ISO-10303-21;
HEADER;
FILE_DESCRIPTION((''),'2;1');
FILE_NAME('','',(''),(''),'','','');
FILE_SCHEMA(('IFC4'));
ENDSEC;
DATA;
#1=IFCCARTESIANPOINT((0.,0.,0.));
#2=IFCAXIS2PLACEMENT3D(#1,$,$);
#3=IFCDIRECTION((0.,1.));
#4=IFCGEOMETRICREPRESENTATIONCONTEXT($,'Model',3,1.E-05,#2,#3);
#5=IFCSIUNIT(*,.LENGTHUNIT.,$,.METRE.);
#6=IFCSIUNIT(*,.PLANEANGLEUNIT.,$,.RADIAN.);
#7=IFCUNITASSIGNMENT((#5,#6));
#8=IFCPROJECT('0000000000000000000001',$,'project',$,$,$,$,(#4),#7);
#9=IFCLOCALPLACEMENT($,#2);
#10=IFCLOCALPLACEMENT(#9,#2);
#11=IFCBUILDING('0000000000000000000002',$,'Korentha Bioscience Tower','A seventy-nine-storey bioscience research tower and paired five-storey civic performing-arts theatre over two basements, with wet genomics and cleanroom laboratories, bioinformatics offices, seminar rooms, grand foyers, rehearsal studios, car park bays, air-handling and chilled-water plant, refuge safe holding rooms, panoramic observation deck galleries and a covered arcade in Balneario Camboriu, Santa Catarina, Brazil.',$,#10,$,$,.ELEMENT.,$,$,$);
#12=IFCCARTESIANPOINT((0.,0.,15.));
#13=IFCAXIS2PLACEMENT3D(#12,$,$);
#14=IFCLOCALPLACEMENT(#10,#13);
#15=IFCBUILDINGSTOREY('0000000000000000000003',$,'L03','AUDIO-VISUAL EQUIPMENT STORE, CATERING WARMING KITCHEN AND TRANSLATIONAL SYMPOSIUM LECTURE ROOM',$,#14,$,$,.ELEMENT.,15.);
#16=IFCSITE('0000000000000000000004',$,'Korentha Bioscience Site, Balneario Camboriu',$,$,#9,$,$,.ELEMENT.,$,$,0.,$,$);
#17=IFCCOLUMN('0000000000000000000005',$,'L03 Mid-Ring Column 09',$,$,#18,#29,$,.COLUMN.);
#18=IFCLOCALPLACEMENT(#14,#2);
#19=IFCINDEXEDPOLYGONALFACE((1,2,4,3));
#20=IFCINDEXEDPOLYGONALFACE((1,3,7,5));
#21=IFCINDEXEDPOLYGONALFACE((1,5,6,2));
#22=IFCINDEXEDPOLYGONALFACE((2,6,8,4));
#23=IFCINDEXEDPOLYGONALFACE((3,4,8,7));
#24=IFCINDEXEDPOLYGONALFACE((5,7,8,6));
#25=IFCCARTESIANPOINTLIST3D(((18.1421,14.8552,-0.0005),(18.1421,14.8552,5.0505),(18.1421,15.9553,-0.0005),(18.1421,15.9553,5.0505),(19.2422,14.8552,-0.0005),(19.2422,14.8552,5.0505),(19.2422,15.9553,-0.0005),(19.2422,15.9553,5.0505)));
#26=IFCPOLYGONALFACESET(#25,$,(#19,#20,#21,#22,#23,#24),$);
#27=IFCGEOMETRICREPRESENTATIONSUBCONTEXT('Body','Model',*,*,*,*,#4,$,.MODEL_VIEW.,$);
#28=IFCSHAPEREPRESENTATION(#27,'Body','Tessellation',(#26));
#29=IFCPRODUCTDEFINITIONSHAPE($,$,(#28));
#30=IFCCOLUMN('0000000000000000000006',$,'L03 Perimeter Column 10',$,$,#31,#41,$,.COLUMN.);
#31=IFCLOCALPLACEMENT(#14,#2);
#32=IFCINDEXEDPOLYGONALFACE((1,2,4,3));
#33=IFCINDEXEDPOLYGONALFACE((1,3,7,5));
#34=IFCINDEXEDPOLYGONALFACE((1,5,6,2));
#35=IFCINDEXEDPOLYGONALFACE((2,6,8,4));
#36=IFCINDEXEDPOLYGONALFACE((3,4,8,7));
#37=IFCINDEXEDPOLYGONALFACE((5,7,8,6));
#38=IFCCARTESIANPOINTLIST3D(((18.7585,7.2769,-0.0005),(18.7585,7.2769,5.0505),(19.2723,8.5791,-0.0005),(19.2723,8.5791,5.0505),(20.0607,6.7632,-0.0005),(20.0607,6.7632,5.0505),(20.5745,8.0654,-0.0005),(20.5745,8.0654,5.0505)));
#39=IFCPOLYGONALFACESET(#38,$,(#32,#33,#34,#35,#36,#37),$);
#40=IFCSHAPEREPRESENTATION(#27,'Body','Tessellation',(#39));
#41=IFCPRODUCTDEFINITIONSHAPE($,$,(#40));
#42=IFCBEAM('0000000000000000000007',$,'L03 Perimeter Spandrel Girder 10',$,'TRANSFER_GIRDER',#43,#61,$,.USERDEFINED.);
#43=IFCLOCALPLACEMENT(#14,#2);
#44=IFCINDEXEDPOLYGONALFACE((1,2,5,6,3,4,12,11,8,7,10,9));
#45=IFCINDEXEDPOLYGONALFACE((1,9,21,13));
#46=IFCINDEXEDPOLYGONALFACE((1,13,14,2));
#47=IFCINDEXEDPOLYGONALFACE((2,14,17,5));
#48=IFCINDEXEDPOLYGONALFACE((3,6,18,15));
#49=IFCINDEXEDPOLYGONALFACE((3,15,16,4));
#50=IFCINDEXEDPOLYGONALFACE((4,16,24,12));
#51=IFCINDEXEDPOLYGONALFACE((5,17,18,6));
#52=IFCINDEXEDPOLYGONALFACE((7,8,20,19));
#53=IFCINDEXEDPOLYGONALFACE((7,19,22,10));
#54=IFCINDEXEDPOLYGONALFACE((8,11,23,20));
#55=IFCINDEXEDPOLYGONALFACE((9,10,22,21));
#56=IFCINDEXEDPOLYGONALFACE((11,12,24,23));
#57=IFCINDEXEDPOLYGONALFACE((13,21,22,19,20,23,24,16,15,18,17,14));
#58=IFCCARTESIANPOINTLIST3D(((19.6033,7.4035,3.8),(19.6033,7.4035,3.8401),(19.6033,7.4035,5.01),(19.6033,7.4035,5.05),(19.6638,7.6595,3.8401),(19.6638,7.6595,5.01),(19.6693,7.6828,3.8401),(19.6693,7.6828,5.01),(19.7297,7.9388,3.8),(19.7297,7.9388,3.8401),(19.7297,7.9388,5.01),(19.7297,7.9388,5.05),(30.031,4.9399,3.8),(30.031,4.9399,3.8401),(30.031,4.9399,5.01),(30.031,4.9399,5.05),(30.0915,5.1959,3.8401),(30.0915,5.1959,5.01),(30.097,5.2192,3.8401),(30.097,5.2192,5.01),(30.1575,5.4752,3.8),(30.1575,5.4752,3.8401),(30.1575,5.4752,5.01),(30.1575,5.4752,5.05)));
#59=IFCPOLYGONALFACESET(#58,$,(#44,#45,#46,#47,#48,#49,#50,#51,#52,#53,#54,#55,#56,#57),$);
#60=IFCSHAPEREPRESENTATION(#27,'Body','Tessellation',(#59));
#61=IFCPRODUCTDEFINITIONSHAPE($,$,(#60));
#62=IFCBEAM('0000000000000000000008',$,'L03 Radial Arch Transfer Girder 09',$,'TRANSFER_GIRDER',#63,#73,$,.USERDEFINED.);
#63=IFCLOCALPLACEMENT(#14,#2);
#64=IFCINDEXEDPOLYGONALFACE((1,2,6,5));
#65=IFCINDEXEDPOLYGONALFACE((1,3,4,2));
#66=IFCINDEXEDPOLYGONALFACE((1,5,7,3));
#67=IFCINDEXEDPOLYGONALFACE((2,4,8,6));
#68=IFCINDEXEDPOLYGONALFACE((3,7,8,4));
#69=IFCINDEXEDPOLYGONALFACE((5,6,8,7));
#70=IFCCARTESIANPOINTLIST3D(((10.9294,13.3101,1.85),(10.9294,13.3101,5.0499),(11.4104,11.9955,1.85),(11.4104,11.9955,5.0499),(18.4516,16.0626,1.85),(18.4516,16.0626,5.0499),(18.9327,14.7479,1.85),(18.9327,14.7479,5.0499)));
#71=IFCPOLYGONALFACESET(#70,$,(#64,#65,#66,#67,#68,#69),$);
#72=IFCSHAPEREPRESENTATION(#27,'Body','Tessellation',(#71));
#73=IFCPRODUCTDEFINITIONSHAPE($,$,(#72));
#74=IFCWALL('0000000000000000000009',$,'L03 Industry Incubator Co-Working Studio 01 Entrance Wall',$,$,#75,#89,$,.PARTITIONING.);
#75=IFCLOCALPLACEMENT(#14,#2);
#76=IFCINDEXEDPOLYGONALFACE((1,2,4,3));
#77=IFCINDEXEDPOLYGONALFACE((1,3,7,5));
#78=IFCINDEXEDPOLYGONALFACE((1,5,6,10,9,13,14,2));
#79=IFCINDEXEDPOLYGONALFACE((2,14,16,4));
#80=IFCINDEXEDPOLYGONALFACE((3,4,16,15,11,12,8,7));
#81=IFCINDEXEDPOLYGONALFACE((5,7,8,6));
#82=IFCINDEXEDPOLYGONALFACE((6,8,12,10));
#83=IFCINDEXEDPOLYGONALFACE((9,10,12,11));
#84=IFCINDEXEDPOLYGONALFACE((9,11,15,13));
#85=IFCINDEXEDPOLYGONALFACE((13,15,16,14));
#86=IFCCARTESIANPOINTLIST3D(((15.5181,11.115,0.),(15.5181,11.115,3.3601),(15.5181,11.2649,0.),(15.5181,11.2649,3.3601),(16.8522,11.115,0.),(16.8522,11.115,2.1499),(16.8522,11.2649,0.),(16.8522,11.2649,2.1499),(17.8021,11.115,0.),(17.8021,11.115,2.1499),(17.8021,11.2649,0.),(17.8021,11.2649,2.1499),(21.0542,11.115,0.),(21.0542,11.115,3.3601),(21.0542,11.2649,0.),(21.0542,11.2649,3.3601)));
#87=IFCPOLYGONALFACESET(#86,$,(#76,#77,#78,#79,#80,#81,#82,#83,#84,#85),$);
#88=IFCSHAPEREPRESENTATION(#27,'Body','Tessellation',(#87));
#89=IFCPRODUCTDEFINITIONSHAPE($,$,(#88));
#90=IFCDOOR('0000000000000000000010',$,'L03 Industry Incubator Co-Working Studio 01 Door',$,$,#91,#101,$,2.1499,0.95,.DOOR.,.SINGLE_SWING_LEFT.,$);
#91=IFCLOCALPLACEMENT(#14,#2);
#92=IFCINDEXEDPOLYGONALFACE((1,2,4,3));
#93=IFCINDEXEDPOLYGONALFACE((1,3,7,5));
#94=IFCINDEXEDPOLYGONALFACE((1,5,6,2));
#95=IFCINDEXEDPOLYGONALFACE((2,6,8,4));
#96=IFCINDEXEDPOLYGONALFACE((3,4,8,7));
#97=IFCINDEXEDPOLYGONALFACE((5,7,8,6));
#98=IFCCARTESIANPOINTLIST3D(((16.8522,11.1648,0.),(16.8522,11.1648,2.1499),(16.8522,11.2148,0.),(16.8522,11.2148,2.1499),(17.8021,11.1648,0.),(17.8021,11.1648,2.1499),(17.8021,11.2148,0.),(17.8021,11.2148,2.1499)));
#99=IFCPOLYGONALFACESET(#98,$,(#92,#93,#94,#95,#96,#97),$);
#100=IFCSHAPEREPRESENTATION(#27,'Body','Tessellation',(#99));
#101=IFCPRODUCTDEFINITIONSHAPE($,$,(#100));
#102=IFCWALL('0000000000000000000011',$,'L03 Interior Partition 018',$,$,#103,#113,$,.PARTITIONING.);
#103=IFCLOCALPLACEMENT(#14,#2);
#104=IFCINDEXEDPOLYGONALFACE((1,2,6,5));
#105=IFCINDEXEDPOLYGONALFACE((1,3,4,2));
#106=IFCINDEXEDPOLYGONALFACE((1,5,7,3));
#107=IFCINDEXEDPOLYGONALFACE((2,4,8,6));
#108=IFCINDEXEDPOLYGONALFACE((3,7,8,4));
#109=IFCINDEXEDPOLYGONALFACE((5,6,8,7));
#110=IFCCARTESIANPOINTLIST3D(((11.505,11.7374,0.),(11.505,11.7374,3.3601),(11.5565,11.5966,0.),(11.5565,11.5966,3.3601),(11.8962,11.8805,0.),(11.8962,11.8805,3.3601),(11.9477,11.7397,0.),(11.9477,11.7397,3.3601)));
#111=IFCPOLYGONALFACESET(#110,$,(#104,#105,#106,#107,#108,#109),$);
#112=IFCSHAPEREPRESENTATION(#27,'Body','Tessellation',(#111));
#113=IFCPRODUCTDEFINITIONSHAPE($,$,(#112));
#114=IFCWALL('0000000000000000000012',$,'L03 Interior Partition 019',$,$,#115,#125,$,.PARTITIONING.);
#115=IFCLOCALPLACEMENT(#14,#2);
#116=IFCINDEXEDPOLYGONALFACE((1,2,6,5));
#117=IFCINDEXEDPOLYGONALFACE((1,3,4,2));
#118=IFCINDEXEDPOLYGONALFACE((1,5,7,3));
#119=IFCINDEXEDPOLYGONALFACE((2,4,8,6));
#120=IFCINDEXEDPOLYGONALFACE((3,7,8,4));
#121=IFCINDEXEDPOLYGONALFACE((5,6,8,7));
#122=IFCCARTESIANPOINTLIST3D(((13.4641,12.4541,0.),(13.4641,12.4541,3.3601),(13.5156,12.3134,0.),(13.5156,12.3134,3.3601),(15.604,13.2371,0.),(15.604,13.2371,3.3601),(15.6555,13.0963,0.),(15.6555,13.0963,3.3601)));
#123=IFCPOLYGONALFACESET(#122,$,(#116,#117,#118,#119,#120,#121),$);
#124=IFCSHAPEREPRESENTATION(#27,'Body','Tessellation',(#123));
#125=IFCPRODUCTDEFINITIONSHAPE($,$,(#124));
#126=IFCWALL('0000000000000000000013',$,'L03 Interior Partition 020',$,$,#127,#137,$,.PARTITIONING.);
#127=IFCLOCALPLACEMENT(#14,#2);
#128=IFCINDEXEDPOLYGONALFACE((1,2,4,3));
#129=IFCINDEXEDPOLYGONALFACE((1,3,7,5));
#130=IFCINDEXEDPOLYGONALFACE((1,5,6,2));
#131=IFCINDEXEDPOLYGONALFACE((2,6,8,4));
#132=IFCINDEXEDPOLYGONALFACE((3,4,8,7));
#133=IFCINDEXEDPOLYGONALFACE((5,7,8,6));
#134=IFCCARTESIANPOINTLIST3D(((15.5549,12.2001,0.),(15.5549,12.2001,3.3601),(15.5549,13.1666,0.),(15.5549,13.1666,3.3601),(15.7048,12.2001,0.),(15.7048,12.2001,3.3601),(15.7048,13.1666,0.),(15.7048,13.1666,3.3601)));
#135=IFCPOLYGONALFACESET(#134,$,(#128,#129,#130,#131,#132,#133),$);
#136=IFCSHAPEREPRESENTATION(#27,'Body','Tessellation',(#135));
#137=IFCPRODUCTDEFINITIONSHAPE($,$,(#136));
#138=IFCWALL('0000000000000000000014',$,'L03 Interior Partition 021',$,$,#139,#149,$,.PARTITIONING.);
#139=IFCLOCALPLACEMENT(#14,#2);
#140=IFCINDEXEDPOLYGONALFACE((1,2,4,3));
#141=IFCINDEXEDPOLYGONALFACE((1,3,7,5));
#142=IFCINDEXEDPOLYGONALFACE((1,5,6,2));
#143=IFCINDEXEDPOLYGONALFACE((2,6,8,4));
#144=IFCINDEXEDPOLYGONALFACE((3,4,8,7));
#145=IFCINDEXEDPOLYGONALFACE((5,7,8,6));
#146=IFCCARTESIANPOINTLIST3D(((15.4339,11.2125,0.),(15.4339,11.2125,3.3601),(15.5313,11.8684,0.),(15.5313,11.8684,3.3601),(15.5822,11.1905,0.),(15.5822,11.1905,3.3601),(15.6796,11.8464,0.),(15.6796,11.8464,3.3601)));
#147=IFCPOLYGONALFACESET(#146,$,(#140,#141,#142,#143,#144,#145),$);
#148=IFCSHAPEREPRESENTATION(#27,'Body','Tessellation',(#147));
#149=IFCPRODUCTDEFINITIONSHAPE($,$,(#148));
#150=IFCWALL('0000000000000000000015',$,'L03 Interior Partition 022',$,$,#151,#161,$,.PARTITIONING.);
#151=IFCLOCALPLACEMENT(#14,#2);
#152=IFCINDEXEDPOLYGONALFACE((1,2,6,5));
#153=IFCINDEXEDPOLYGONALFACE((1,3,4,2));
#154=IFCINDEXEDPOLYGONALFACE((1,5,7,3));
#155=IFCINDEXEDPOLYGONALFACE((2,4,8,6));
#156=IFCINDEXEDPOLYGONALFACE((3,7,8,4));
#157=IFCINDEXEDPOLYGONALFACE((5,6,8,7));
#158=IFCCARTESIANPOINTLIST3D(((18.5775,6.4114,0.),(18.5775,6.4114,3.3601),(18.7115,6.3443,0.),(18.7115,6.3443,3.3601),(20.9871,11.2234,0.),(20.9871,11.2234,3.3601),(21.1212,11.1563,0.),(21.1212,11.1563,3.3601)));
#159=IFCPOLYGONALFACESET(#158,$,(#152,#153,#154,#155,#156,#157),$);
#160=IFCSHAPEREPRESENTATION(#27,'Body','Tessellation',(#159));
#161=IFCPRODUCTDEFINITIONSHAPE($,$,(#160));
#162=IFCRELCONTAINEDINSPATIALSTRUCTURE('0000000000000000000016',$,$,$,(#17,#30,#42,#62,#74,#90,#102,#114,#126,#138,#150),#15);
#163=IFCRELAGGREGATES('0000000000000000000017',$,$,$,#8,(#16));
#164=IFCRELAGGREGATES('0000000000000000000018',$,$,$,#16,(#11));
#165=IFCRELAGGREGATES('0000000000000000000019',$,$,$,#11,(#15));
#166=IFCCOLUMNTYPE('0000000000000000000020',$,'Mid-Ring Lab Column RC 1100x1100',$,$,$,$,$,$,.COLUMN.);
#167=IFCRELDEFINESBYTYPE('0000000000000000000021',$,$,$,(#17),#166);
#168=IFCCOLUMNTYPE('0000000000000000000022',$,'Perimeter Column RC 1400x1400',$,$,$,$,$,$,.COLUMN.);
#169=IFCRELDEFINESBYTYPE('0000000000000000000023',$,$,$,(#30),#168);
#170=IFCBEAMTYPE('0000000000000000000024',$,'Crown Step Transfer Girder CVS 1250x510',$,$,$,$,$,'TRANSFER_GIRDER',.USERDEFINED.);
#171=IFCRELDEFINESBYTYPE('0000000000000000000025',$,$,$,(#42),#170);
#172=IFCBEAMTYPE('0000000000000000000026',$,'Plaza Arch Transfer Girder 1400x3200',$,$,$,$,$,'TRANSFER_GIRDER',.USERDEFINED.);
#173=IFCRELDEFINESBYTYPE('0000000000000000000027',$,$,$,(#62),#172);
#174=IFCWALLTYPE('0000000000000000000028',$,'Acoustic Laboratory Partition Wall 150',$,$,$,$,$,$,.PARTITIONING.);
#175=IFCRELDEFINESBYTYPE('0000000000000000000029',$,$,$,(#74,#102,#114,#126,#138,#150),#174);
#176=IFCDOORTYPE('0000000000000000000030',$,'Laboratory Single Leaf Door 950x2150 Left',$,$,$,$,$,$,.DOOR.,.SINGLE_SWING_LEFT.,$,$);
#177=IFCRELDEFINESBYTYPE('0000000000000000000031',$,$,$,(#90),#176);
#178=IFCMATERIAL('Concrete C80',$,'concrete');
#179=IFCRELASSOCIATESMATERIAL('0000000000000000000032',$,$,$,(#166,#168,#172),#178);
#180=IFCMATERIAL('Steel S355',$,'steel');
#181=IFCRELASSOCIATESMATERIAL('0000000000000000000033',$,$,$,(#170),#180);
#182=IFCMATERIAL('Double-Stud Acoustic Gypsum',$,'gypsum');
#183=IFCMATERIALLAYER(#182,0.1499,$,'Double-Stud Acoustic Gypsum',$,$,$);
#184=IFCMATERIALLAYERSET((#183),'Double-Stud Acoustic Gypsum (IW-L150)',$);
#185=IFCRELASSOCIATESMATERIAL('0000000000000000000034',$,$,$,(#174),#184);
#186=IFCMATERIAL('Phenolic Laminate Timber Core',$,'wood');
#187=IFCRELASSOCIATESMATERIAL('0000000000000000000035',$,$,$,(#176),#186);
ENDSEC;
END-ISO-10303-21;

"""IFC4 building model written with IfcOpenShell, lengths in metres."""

from ifc_helpers import new_model, si_unit, direction, frame, frame_2d, origin, origin_2d, place, context, subcontext, project, spatial, rectangle, i_section, extrude, material, layer, layer_set, material_profile, profile_set, type_object, element, fill, save


model = new_model("IFC4")

# Units and contexts
model_context = context("Model", 3, precision=1e-05, world=origin(), true_north=direction((0.0, 1.0)))
body_context = subcontext(model_context, "Body", "Model", "MODEL_VIEW")
ifc_project = project(units=[si_unit("LENGTHUNIT", "METRE"), si_unit("PLANEANGLEUNIT", "RADIAN")], contexts=[model_context])

# Site, building, storey
site_placement = place(None, origin())
site = spatial("IfcSite", under=ifc_project, at=site_placement, Name="Korentha Bioscience Site, Balneario Camboriu", CompositionType="ELEMENT", RefElevation=0.0)
building_placement = place(site_placement, origin())
building = spatial("IfcBuilding", under=site, at=building_placement, Name="Korentha Bioscience Tower", Description="A seventy-nine-storey bioscience research tower and paired five-storey civic performing-arts theatre over two basements, with wet genomics and cleanroom laboratories, bioinformatics offices, seminar rooms, grand foyers, rehearsal studios, car park bays, air-handling and chilled-water plant, refuge safe holding rooms, panoramic observation deck galleries and a covered arcade in Balneario Camboriu, Santa Catarina, Brazil.", CompositionType="ELEMENT")
storey_placement = place(building_placement, frame((0.0, 0.0, 15.0)))
storey = spatial("IfcBuildingStorey", under=building, at=storey_placement, Name="L03", Description="AUDIO-VISUAL EQUIPMENT STORE, CATERING WARMING KITCHEN AND TRANSLATIONAL SYMPOSIUM LECTURE ROOM", CompositionType="ELEMENT", Elevation=15.0)

# Columns
ifc_material_1 = material(Name="Concrete C80", Category="concrete")
ifc_material_profile_1 = material_profile(ifc_material_1, rectangle(XDim=1.1001, YDim=1.1001, at=origin_2d()), Name="Concrete C80")
ifc_profile_set_1 = profile_set([ifc_material_profile_1], Name="Concrete C80 (COL-MR11)")
column_type_1 = type_object("IfcColumnType", Name="Mid-Ring Lab Column RC 1100x1100", PredefinedType="COLUMN", material=ifc_profile_set_1)
column_1_placement = place(storey_placement, frame((18.6921, 15.4053, -0.0005), z_axis=(0.0, 0.0, 1.0), x_axis=(1.0, 0.0, 0.0)))
element("IfcColumn", 1, at=column_1_placement, inside=storey, type_object=column_type_1, Name="L03 Mid-Ring Column 09", PredefinedType="COLUMN", context=body_context, shape_type="SweptSolid", body=[
    extrude(rectangle(XDim=1.1001, YDim=1.1001, at=origin_2d()), origin(), (0.0, 0.0, 1.0), 5.051),
])
ifc_material_profile_2 = material_profile(ifc_material_1, rectangle(XDim=1.3999, YDim=1.3999, at=origin_2d()), Name="Concrete C80")
ifc_profile_set_2 = profile_set([ifc_material_profile_2], Name="Concrete C80 (COL-P14)")
column_type_2 = type_object("IfcColumnType", Name="Perimeter Column RC 1400x1400", PredefinedType="COLUMN", material=ifc_profile_set_2)
column_2_placement = place(storey_placement, frame((19.6665, 7.6711, -0.0005), z_axis=(0.0, 0.0, 1.0), x_axis=(-0.930226, 0.366988, 0.0)))
element("IfcColumn", 2, at=column_2_placement, inside=storey, type_object=column_type_2, Name="L03 Perimeter Column 10", PredefinedType="COLUMN", context=body_context, shape_type="SweptSolid", body=[
    extrude(rectangle(XDim=1.3999, YDim=1.3999, at=origin_2d()), origin(), (0.0, 0.0, 1.0), 5.051),
])

# Beams
ifc_material_2 = material(Name="Steel S355", Category="steel")
ifc_material_profile_3 = material_profile(ifc_material_2, i_section(OverallWidth=0.55, OverallDepth=1.25, WebThickness=0.0239, FlangeThickness=0.04, at=origin_2d()), Name="Steel S355")
ifc_profile_set_3 = profile_set([ifc_material_profile_3], Name="Steel S355 (TG-03)")
beam_type_1 = type_object("IfcBeamType", Name="Crown Step Transfer Girder CVS 1250x510", ElementType="TRANSFER_GIRDER", PredefinedType="USERDEFINED", material=ifc_profile_set_3)
beam_1_placement = place(storey_placement, frame((19.6665, 7.6711, 4.425), z_axis=(0.973208, -0.229927, 0.0), x_axis=(0.229927, 0.973208, 0.0)))
element("IfcBeam", 3, at=beam_1_placement, inside=storey, type_object=beam_type_1, Name="L03 Perimeter Spandrel Girder 10", ObjectType="TRANSFER_GIRDER", PredefinedType="USERDEFINED", context=body_context, shape_type="SweptSolid", body=[
    extrude(i_section(OverallWidth=0.55, OverallDepth=1.25, WebThickness=0.0239, FlangeThickness=0.04, at=origin_2d()), origin(), (0.0, 0.0, 1.0), 10.7148),
])
ifc_material_profile_4 = material_profile(ifc_material_1, rectangle(XDim=1.3999, YDim=3.2, at=origin_2d()), Name="Concrete C80")
ifc_profile_set_4 = profile_set([ifc_material_profile_4], Name="Concrete C80 (TG-01)")
beam_type_2 = type_object("IfcBeamType", Name="Plaza Arch Transfer Girder 1400x3200", ElementType="TRANSFER_GIRDER", PredefinedType="USERDEFINED", material=ifc_profile_set_4)
beam_2_placement = place(storey_placement, frame((18.6921, 15.4053, 3.45), z_axis=(-0.939106, -0.343627, 0.0), x_axis=(0.343627, -0.939106, 0.0)))
element("IfcBeam", 4, at=beam_2_placement, inside=storey, type_object=beam_type_2, Name="L03 Radial Arch Transfer Girder 09", ObjectType="TRANSFER_GIRDER", PredefinedType="USERDEFINED", context=body_context, shape_type="SweptSolid", body=[
    extrude(rectangle(XDim=1.3999, YDim=3.2, at=origin_2d()), origin(), (0.0, 0.0, 1.0), 8.01),
])

# Wall, opening, door
ifc_material_3 = material(Name="Double-Stud Acoustic Gypsum", Category="gypsum")
ifc_layer_1 = layer(ifc_material_3, 0.1499, Name="Double-Stud Acoustic Gypsum")
ifc_layer_set_1 = layer_set([ifc_layer_1], Name="Double-Stud Acoustic Gypsum (IW-L150)")
wall_type_1 = type_object("IfcWallType", Name="Acoustic Laboratory Partition Wall 150", PredefinedType="PARTITIONING", material=ifc_layer_set_1)
wall_1_placement = place(storey_placement, frame((15.5181, 11.1899, 0.0), z_axis=(0.0, 0.0, 1.0), x_axis=(1.0, 0.0, 0.0)))
wall_1 = element("IfcWall", 5, at=wall_1_placement, inside=storey, type_object=wall_type_1, Name="L03 Industry Incubator Co-Working Studio 01 Entrance Wall", PredefinedType="PARTITIONING", context=body_context, shape_type="SweptSolid", body=[
    extrude(rectangle(XDim=5.5361, YDim=0.1499, at=frame_2d((2.7681, 0.0))), origin(), (0.0, 0.0, 1.0), 3.3601),
])
opening_1_placement = place(wall_1_placement, frame((1.334, 0.0, 0.0)))
opening_1 = element("IfcOpeningElement", 6, at=opening_1_placement, cuts=wall_1, PredefinedType="OPENING", context=body_context, shape_type="SweptSolid", body=[
    extrude(rectangle(XDim=0.95, YDim=2.1499, at=frame_2d((0.4751, 1.075))), frame((0.0, 0.0898, 0.0), z_axis=(0.0, -1.0, 0.0), x_axis=(1.0, 0.0, 0.0)), (0.0, 0.0, 1.0), 0.1797),
])
ifc_material_4 = material(Name="Phenolic Laminate Timber Core", Category="wood")
door_type_1 = type_object("IfcDoorType", Name="Laboratory Single Leaf Door 950x2150 Left", OperationType="SINGLE_SWING_LEFT", PredefinedType="DOOR", material=ifc_material_4)
door_1_placement = place(opening_1_placement, origin())
door_1 = element("IfcDoor", 7, at=door_1_placement, inside=storey, type_object=door_type_1, Name="L03 Industry Incubator Co-Working Studio 01 Door", OperationType="SINGLE_SWING_LEFT", OverallHeight=2.1499, OverallWidth=0.95, PredefinedType="DOOR", context=body_context, shape_type="SweptSolid", body=[
    extrude(rectangle(XDim=0.95, YDim=2.1499, at=frame_2d((0.4751, 1.075))), frame((0.0, 0.0249, 0.0), z_axis=(0.0, -1.0, 0.0), x_axis=(1.0, 0.0, 0.0)), (0.0, 0.0, 1.0), 0.05),
])
fill(opening_1, door_1)

# Walls
wall_2_placement = place(storey_placement, frame((11.5308, 11.667, 0.0), z_axis=(0.0, 0.0, 1.0), x_axis=(0.939141, 0.343531, 0.0)))
element("IfcWall", 8, at=wall_2_placement, inside=storey, type_object=wall_type_1, Name="L03 Interior Partition 018", PredefinedType="PARTITIONING", context=body_context, shape_type="SweptSolid", body=[
    extrude(rectangle(XDim=0.4165, YDim=0.1499, at=frame_2d((0.2083, 0.0))), origin(), (0.0, 0.0, 1.0), 3.3601),
])
wall_3_placement = place(storey_placement, frame((13.49, 12.3838, 0.0), z_axis=(0.0, 0.0, 1.0), x_axis=(0.939113, 0.343609, 0.0)))
element("IfcWall", 9, at=wall_3_placement, inside=storey, type_object=wall_type_1, Name="L03 Interior Partition 019", PredefinedType="PARTITIONING", context=body_context, shape_type="SweptSolid", body=[
    extrude(rectangle(XDim=2.2786, YDim=0.1499, at=frame_2d((1.1392, 0.0))), origin(), (0.0, 0.0, 1.0), 3.3601),
])
wall_4_placement = place(storey_placement, frame((15.6299, 13.1667, 0.0), z_axis=(0.0, 0.0, 1.0), x_axis=(0.0, -1.0, 0.0)))
element("IfcWall", 10, at=wall_4_placement, inside=storey, type_object=wall_type_1, Name="L03 Interior Partition 020", PredefinedType="PARTITIONING", context=body_context, shape_type="SweptSolid", body=[
    extrude(rectangle(XDim=0.9666, YDim=0.1499, at=frame_2d((0.4834, 0.0))), origin(), (0.0, 0.0, 1.0), 3.3601),
])
wall_5_placement = place(storey_placement, frame((15.6055, 11.8574, 0.0), z_axis=(0.0, 0.0, 1.0), x_axis=(-0.146882, -0.989154, 0.0)))
element("IfcWall", 11, at=wall_5_placement, inside=storey, type_object=wall_type_1, Name="L03 Interior Partition 021", PredefinedType="PARTITIONING", context=body_context, shape_type="SweptSolid", body=[
    extrude(rectangle(XDim=0.6631, YDim=0.1499, at=frame_2d((0.3315, 0.0))), origin(), (0.0, 0.0, 1.0), 3.3601),
])
wall_6_placement = place(storey_placement, frame((21.0542, 11.1899, 0.0), z_axis=(0.0, 0.0, 1.0), x_axis=(-0.447758, -0.894155, 0.0)))
element("IfcWall", 12, at=wall_6_placement, inside=storey, type_object=wall_type_1, Name="L03 Interior Partition 022", PredefinedType="PARTITIONING", context=body_context, shape_type="SweptSolid", body=[
    extrude(rectangle(XDim=5.3816, YDim=0.1499, at=frame_2d((2.6909, 0.0))), origin(), (0.0, 0.0, 1.0), 3.3601),
])

save(model, "model.ifc")
